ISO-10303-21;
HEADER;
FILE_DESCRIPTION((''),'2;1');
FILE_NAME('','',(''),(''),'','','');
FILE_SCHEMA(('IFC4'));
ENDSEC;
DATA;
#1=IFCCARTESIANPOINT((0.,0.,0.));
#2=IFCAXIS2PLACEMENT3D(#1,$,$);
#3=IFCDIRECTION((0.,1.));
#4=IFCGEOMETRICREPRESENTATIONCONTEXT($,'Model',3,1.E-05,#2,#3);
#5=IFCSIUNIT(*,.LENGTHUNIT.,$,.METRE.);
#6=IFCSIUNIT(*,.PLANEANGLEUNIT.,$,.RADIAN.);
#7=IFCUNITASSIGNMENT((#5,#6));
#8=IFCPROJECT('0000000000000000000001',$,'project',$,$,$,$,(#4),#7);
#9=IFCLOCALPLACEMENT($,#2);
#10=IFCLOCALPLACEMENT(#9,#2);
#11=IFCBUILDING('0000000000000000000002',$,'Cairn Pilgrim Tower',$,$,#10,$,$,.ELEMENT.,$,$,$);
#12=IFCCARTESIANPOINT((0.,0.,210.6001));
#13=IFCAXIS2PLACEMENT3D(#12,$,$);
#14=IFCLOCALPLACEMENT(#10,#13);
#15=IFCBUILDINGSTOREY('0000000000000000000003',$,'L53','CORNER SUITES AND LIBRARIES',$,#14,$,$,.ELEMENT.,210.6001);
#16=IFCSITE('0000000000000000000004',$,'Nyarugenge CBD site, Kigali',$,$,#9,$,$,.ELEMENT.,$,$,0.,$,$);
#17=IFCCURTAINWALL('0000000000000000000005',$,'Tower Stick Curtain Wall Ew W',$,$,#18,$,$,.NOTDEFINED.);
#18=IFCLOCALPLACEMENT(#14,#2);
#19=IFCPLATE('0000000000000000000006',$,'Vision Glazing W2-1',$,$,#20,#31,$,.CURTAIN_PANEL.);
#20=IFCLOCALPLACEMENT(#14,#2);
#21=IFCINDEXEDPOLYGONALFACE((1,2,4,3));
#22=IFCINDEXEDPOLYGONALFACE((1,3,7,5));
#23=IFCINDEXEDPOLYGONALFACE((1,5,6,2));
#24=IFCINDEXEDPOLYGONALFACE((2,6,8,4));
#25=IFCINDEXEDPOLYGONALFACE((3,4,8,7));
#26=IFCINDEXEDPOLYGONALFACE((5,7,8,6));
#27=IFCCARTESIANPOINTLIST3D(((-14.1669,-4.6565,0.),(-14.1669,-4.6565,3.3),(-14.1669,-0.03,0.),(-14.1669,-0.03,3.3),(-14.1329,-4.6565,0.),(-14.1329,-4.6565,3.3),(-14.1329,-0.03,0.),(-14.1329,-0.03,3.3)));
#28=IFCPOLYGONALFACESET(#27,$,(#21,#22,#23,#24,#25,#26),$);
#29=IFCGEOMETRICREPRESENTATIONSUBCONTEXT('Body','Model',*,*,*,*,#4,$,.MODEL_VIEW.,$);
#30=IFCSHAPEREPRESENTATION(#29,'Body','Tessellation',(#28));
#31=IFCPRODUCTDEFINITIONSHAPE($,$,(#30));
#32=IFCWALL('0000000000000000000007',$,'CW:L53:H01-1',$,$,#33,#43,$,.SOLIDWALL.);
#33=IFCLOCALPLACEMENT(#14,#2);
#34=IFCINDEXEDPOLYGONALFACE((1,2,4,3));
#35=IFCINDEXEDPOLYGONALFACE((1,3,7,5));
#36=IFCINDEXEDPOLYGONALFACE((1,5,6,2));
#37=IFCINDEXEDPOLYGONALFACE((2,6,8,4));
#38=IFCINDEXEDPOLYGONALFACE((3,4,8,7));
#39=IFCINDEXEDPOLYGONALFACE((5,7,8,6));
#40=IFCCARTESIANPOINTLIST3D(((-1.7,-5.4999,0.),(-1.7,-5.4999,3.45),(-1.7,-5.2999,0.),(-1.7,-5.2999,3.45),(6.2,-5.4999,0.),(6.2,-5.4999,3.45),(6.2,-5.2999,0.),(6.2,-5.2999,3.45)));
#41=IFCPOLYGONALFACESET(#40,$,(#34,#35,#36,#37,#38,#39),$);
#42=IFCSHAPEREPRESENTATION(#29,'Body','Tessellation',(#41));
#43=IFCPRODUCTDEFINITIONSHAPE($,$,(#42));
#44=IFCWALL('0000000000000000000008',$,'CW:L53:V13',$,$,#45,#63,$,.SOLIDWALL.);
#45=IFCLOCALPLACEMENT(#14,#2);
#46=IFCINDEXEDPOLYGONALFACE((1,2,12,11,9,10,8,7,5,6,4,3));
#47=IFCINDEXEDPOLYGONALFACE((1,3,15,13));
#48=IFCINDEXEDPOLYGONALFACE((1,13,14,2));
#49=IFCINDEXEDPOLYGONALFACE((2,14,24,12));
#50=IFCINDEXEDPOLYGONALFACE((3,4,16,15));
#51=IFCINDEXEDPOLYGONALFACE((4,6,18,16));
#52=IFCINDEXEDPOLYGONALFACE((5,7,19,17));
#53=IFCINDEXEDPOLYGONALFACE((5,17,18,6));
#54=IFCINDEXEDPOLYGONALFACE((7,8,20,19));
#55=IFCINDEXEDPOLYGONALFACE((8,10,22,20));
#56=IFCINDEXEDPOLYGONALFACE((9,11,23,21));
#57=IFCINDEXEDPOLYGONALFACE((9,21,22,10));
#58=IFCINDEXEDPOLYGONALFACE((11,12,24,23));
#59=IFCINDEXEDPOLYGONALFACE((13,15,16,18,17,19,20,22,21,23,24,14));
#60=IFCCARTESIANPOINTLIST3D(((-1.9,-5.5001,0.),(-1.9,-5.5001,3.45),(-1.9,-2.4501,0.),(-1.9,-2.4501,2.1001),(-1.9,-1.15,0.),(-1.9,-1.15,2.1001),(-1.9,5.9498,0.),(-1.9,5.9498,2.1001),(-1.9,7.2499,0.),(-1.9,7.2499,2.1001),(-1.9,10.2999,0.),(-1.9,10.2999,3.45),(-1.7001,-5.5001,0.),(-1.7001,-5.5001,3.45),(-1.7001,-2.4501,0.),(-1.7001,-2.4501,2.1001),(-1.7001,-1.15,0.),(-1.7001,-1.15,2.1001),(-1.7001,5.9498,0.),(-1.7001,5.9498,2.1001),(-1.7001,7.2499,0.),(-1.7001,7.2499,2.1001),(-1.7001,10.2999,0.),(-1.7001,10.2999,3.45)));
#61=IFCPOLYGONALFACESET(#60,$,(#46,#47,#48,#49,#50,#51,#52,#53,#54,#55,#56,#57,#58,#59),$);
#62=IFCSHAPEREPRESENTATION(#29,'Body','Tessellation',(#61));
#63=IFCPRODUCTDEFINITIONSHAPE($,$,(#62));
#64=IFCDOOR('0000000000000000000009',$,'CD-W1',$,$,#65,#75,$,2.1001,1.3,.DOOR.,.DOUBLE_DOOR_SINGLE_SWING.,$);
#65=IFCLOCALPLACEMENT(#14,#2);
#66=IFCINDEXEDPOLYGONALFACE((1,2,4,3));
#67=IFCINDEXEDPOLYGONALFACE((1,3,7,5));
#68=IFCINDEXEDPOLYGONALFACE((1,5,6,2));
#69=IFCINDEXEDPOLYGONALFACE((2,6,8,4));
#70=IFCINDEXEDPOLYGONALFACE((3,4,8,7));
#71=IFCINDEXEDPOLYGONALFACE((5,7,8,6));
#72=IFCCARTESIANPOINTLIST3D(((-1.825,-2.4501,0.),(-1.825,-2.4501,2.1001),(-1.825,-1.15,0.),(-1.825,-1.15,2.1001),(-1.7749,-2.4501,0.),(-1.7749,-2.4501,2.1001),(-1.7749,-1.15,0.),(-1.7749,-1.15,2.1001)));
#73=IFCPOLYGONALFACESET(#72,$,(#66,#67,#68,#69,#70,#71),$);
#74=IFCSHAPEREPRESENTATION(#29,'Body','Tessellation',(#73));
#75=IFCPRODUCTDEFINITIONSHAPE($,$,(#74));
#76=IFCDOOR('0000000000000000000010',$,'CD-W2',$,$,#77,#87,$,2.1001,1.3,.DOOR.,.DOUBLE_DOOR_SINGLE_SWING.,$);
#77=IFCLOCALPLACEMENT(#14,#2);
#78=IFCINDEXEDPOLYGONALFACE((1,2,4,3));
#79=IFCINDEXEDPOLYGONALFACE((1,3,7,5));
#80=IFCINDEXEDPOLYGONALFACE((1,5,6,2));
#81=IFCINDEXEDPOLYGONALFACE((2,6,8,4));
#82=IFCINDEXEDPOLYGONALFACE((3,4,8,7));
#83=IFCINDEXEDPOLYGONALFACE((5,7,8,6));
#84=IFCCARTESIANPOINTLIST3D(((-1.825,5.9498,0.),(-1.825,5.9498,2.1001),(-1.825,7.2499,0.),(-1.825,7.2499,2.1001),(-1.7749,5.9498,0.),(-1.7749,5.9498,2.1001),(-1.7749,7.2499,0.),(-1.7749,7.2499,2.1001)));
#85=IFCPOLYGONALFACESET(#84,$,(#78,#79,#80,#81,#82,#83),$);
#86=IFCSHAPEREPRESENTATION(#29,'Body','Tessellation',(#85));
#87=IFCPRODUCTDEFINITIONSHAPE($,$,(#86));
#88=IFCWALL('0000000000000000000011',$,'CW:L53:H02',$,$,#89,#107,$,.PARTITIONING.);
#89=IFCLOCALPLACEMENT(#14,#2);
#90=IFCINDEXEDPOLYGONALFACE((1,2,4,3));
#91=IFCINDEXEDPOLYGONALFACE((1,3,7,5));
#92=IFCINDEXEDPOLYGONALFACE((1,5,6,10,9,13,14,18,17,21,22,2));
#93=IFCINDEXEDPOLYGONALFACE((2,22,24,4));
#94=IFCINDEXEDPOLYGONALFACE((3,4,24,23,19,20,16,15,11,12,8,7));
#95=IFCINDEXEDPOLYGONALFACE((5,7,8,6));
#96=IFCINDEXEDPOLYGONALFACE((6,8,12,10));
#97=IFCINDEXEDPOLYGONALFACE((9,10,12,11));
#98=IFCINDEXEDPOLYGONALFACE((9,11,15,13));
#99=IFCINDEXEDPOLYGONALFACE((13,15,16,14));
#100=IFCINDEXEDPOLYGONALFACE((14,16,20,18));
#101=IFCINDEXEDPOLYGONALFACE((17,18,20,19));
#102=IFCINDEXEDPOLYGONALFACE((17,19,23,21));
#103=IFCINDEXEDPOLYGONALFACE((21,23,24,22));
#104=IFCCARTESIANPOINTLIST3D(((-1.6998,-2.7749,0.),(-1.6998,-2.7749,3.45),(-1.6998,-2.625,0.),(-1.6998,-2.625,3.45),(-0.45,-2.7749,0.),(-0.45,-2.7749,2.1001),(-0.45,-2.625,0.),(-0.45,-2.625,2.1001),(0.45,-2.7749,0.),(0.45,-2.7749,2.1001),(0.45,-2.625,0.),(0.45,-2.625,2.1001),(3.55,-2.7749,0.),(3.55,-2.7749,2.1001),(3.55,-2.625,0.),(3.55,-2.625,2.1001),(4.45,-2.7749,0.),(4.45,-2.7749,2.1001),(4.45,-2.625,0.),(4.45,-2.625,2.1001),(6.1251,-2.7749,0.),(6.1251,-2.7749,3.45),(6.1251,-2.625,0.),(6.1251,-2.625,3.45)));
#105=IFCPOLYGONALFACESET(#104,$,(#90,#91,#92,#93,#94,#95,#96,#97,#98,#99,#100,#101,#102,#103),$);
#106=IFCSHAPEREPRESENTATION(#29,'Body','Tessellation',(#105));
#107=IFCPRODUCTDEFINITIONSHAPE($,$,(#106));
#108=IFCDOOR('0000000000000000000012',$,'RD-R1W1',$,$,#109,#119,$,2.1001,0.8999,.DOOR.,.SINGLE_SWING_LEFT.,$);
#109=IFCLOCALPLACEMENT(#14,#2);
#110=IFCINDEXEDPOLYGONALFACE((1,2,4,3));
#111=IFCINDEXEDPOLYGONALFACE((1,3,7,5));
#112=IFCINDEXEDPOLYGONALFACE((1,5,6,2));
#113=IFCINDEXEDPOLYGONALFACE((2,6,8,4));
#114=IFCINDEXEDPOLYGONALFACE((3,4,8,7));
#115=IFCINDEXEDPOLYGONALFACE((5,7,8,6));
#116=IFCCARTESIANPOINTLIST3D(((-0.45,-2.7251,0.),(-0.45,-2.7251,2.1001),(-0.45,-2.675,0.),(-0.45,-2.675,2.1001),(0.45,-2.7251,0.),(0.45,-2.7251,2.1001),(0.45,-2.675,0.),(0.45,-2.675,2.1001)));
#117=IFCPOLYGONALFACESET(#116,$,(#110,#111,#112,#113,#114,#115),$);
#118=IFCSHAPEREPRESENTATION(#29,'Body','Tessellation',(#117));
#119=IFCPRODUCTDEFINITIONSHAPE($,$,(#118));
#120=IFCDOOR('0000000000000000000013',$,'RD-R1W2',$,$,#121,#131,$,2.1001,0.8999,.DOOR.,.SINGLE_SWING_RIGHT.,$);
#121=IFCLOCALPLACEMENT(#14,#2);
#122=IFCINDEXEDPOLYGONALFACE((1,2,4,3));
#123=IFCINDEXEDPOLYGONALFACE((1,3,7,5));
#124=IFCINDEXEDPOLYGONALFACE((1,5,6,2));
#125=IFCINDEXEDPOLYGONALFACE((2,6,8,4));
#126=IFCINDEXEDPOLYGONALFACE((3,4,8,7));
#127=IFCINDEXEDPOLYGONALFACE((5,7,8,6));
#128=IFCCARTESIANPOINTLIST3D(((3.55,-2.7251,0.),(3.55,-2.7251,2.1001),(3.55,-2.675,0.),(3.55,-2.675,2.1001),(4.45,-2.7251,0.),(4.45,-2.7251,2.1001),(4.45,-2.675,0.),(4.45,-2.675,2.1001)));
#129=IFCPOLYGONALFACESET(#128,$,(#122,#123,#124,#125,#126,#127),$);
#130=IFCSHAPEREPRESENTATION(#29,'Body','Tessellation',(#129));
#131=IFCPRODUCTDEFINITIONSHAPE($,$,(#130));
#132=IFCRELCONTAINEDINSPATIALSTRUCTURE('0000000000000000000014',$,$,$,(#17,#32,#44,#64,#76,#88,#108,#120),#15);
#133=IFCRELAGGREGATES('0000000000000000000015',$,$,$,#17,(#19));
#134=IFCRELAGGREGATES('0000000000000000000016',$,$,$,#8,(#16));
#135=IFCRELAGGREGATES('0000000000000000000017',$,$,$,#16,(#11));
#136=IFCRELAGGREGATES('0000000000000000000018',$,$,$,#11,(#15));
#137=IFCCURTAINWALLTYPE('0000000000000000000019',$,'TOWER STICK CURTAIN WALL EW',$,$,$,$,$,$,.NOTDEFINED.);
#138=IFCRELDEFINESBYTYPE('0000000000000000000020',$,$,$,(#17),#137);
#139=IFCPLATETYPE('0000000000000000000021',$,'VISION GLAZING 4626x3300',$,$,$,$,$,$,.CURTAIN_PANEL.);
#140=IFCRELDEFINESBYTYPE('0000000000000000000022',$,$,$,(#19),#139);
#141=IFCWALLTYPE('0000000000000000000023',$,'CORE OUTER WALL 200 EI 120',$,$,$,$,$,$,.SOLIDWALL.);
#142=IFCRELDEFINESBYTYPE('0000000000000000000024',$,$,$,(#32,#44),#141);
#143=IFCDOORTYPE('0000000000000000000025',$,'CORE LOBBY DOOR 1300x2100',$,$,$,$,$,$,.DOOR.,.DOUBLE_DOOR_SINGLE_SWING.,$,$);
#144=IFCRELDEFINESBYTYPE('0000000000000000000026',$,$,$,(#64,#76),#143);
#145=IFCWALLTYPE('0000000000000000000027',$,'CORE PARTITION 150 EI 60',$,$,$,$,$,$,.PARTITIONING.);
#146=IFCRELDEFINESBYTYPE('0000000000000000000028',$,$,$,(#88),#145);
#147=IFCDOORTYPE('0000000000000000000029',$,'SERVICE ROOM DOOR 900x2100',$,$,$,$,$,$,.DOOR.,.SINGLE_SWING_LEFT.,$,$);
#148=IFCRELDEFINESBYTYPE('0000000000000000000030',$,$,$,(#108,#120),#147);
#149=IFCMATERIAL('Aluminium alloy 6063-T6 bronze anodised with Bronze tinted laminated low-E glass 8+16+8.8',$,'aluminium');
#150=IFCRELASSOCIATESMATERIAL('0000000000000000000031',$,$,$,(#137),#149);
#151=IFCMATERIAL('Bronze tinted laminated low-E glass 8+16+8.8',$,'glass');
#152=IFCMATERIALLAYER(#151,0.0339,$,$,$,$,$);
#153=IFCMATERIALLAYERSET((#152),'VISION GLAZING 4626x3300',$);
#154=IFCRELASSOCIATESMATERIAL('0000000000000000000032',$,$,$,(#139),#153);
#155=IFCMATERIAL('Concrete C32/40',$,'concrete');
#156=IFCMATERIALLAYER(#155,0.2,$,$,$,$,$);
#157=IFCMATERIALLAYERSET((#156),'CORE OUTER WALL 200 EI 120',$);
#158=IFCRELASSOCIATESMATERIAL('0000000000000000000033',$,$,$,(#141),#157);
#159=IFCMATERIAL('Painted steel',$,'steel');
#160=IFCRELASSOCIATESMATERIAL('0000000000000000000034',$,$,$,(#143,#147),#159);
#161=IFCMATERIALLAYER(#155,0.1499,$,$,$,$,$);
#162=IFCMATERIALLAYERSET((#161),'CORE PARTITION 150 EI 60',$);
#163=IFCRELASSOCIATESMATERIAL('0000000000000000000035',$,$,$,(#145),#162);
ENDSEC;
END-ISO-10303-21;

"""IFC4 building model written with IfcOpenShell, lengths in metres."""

from ifc_helpers import new_model, si_unit, direction, frame, frame_2d, origin, origin_2d, place, context, subcontext, project, spatial, rectangle, extrude, material, layer, layer_set, type_object, element, fill, aggregate, save


model = new_model("IFC4")

# Units and contexts
model_context = context("Model", 3, precision=1e-05, world=origin(), true_north=direction((0.0, 1.0)))
body_context = subcontext(model_context, "Body", "Model", "MODEL_VIEW")
ifc_project = project(units=[si_unit("LENGTHUNIT", "METRE"), si_unit("PLANEANGLEUNIT", "RADIAN")], contexts=[model_context])

# Site, building, storey
site_placement = place(None, origin())
site = spatial("IfcSite", under=ifc_project, at=site_placement, Name="Nyarugenge CBD site, Kigali", CompositionType="ELEMENT", RefElevation=0.0)
building_placement = place(site_placement, origin())
building = spatial("IfcBuilding", under=site, at=building_placement, Name="Cairn Pilgrim Tower", CompositionType="ELEMENT")
storey_placement = place(building_placement, frame((0.0, 0.0, 210.6001)))
storey = spatial("IfcBuildingStorey", under=building, at=storey_placement, Name="L53", Description="CORNER SUITES AND LIBRARIES", CompositionType="ELEMENT", Elevation=210.6001)

# Curtain wall
ifc_material_1 = material(Name="Aluminium alloy 6063-T6 bronze anodised with Bronze tinted laminated low-E glass 8+16+8.8", Category="aluminium")
curtain_wall_type_1 = type_object("IfcCurtainWallType", Name="TOWER STICK CURTAIN WALL EW", PredefinedType="NOTDEFINED", material=ifc_material_1)
curtain_wall_1_placement = place(storey_placement, origin())
curtain_wall_1 = element("IfcCurtainWall", 1, at=curtain_wall_1_placement, inside=storey, type_object=curtain_wall_type_1, Name="Tower Stick Curtain Wall Ew W", PredefinedType="NOTDEFINED")

# Plate
ifc_material_2 = material(Name="Bronze tinted laminated low-E glass 8+16+8.8", Category="glass")
ifc_layer_1 = layer(ifc_material_2, 0.0339)
ifc_layer_set_1 = layer_set([ifc_layer_1], Name="VISION GLAZING 4626x3300")
plate_type_1 = type_object("IfcPlateType", Name="VISION GLAZING 4626x3300", PredefinedType="CURTAIN_PANEL", material=ifc_layer_set_1)
plate_1_placement = place(storey_placement, frame((-14.1499, -2.3433, 0.0), z_axis=(0.0, 0.0, 1.0), x_axis=(0.0, -1.0, 0.0)))
plate_1 = element("IfcPlate", 2, at=plate_1_placement, type_object=plate_type_1, Name="Vision Glazing W2-1", PredefinedType="CURTAIN_PANEL", context=body_context, shape_type="SweptSolid", body=[
    extrude(rectangle(XDim=4.6265, YDim=0.0339, at=origin_2d()), origin(), (0.0, 0.0, 1.0), 3.3),
])
aggregate(curtain_wall_1, [plate_1])

# Wall
ifc_material_3 = material(Name="Concrete C32/40", Category="concrete")
ifc_layer_2 = layer(ifc_material_3, 0.2)
ifc_layer_set_2 = layer_set([ifc_layer_2], Name="CORE OUTER WALL 200 EI 120")
wall_type_1 = type_object("IfcWallType", Name="CORE OUTER WALL 200 EI 120", PredefinedType="SOLIDWALL", material=ifc_layer_set_2)
wall_1_placement = place(storey_placement, frame((-1.7, -5.3999, 0.0), z_axis=(0.0, 0.0, 1.0), x_axis=(1.0, 0.0, 0.0)))
element("IfcWall", 3, at=wall_1_placement, inside=storey, type_object=wall_type_1, Name="CW:L53:H01-1", PredefinedType="SOLIDWALL", context=body_context, shape_type="SweptSolid", body=[
    extrude(rectangle(XDim=7.8999, YDim=0.2, at=frame_2d((3.95, 0.0))), origin(), (0.0, 0.0, 1.0), 3.45),
])

# Walls, openings, doors
wall_2_placement = place(storey_placement, frame((-1.8, -5.5, 0.0), z_axis=(0.0, 0.0, 1.0), x_axis=(0.0, 1.0, 0.0)))
wall_2 = element("IfcWall", 4, at=wall_2_placement, inside=storey, type_object=wall_type_1, Name="CW:L53:V13", PredefinedType="SOLIDWALL", context=body_context, shape_type="SweptSolid", body=[
    extrude(rectangle(XDim=15.8, YDim=0.2, at=frame_2d((7.8999, 0.0))), origin(), (0.0, 0.0, 1.0), 3.45),
])
opening_1_placement = place(wall_2_placement, frame((3.05, 0.0, 0.0)))
opening_1 = element("IfcOpeningElement", 5, at=opening_1_placement, cuts=wall_2, PredefinedType="OPENING", context=body_context, shape_type="SweptSolid", body=[
    extrude(rectangle(XDim=1.3, YDim=2.1001, at=frame_2d((0.6499, 1.05))), frame((0.0, 0.1099, 0.0), z_axis=(0.0, -1.0, 0.0), x_axis=(1.0, 0.0, 0.0)), (0.0, 0.0, 1.0), 0.22),
])
opening_2_placement = place(wall_2_placement, frame((11.45, 0.0, 0.0)))
opening_2 = element("IfcOpeningElement", 6, at=opening_2_placement, cuts=wall_2, PredefinedType="OPENING", context=body_context, shape_type="SweptSolid", body=[
    extrude(rectangle(XDim=1.3, YDim=2.1001, at=frame_2d((0.6499, 1.05))), frame((0.0, 0.1099, 0.0), z_axis=(0.0, -1.0, 0.0), x_axis=(1.0, 0.0, 0.0)), (0.0, 0.0, 1.0), 0.22),
])
ifc_material_4 = material(Name="Painted steel", Category="steel")
door_type_1 = type_object("IfcDoorType", Name="CORE LOBBY DOOR 1300x2100", OperationType="DOUBLE_DOOR_SINGLE_SWING", PredefinedType="DOOR", material=ifc_material_4)
door_1_placement = place(opening_1_placement, origin())
door_1 = element("IfcDoor", 7, at=door_1_placement, inside=storey, type_object=door_type_1, Name="CD-W1", OperationType="DOUBLE_DOOR_SINGLE_SWING", OverallHeight=2.1001, OverallWidth=1.3, PredefinedType="DOOR", context=body_context, shape_type="SweptSolid", body=[
    extrude(rectangle(XDim=1.3, YDim=2.1001, at=frame_2d((0.6499, 1.05))), frame((0.0, 0.0249, 0.0), z_axis=(0.0, -1.0, 0.0), x_axis=(1.0, 0.0, 0.0)), (0.0, 0.0, 1.0), 0.05),
])
fill(opening_1, door_1)
door_2_placement = place(opening_2_placement, origin())
door_2 = element("IfcDoor", 8, at=door_2_placement, inside=storey, type_object=door_type_1, Name="CD-W2", OperationType="DOUBLE_DOOR_SINGLE_SWING", OverallHeight=2.1001, OverallWidth=1.3, PredefinedType="DOOR", context=body_context, shape_type="SweptSolid", body=[
    extrude(rectangle(XDim=1.3, YDim=2.1001, at=frame_2d((0.6499, 1.05))), frame((0.0, 0.0249, 0.0), z_axis=(0.0, -1.0, 0.0), x_axis=(1.0, 0.0, 0.0)), (0.0, 0.0, 1.0), 0.05),
])
fill(opening_2, door_2)
ifc_layer_3 = layer(ifc_material_3, 0.1499)
ifc_layer_set_3 = layer_set([ifc_layer_3], Name="CORE PARTITION 150 EI 60")
wall_type_2 = type_object("IfcWallType", Name="CORE PARTITION 150 EI 60", PredefinedType="PARTITIONING", material=ifc_layer_set_3)
wall_3_placement = place(storey_placement, frame((-1.7, -2.7, 0.0), z_axis=(0.0, 0.0, 1.0), x_axis=(1.0, 0.0, 0.0)))
wall_3 = element("IfcWall", 9, at=wall_3_placement, inside=storey, type_object=wall_type_2, Name="CW:L53:H02", PredefinedType="PARTITIONING", context=body_context, shape_type="SweptSolid", body=[
    extrude(rectangle(XDim=7.825, YDim=0.1499, at=frame_2d((3.9126, 0.0))), origin(), (0.0, 0.0, 1.0), 3.45),
])
opening_3_placement = place(wall_3_placement, frame((1.25, 0.0, 0.0)))
opening_3 = element("IfcOpeningElement", 10, at=opening_3_placement, cuts=wall_3, PredefinedType="OPENING", context=body_context, shape_type="SweptSolid", body=[
    extrude(rectangle(XDim=0.8999, YDim=2.1001, at=frame_2d((0.45, 1.05))), frame((0.0, 0.085, 0.0), z_axis=(0.0, -1.0, 0.0), x_axis=(1.0, 0.0, 0.0)), (0.0, 0.0, 1.0), 0.1699),
])
opening_4_placement = place(wall_3_placement, frame((5.25, 0.0, 0.0)))
opening_4 = element("IfcOpeningElement", 11, at=opening_4_placement, cuts=wall_3, PredefinedType="OPENING", context=body_context, shape_type="SweptSolid", body=[
    extrude(rectangle(XDim=0.8999, YDim=2.1001, at=frame_2d((0.45, 1.05))), frame((0.0, 0.085, 0.0), z_axis=(0.0, -1.0, 0.0), x_axis=(1.0, 0.0, 0.0)), (0.0, 0.0, 1.0), 0.1699),
])
door_type_2 = type_object("IfcDoorType", Name="SERVICE ROOM DOOR 900x2100", OperationType="SINGLE_SWING_LEFT", PredefinedType="DOOR", material=ifc_material_4)
door_3_placement = place(opening_3_placement, origin())
door_3 = element("IfcDoor", 12, at=door_3_placement, inside=storey, type_object=door_type_2, Name="RD-R1W1", OperationType="SINGLE_SWING_LEFT", OverallHeight=2.1001, OverallWidth=0.8999, PredefinedType="DOOR", context=body_context, shape_type="SweptSolid", body=[
    extrude(rectangle(XDim=0.8999, YDim=2.1001, at=frame_2d((0.45, 1.05))), frame((0.0, 0.0249, 0.0), z_axis=(0.0, -1.0, 0.0), x_axis=(1.0, 0.0, 0.0)), (0.0, 0.0, 1.0), 0.05),
])
fill(opening_3, door_3)
door_4_placement = place(opening_4_placement, origin())
door_4 = element("IfcDoor", 13, at=door_4_placement, inside=storey, type_object=door_type_2, Name="RD-R1W2", OperationType="SINGLE_SWING_RIGHT", OverallHeight=2.1001, OverallWidth=0.8999, PredefinedType="DOOR", context=body_context, shape_type="SweptSolid", body=[
    extrude(rectangle(XDim=0.8999, YDim=2.1001, at=frame_2d((0.45, 1.05))), frame((0.0, 0.0249, 0.0), z_axis=(0.0, -1.0, 0.0), x_axis=(1.0, 0.0, 0.0)), (0.0, 0.0, 1.0), 0.05),
])
fill(opening_4, door_4)

save(model, "model.ifc")
